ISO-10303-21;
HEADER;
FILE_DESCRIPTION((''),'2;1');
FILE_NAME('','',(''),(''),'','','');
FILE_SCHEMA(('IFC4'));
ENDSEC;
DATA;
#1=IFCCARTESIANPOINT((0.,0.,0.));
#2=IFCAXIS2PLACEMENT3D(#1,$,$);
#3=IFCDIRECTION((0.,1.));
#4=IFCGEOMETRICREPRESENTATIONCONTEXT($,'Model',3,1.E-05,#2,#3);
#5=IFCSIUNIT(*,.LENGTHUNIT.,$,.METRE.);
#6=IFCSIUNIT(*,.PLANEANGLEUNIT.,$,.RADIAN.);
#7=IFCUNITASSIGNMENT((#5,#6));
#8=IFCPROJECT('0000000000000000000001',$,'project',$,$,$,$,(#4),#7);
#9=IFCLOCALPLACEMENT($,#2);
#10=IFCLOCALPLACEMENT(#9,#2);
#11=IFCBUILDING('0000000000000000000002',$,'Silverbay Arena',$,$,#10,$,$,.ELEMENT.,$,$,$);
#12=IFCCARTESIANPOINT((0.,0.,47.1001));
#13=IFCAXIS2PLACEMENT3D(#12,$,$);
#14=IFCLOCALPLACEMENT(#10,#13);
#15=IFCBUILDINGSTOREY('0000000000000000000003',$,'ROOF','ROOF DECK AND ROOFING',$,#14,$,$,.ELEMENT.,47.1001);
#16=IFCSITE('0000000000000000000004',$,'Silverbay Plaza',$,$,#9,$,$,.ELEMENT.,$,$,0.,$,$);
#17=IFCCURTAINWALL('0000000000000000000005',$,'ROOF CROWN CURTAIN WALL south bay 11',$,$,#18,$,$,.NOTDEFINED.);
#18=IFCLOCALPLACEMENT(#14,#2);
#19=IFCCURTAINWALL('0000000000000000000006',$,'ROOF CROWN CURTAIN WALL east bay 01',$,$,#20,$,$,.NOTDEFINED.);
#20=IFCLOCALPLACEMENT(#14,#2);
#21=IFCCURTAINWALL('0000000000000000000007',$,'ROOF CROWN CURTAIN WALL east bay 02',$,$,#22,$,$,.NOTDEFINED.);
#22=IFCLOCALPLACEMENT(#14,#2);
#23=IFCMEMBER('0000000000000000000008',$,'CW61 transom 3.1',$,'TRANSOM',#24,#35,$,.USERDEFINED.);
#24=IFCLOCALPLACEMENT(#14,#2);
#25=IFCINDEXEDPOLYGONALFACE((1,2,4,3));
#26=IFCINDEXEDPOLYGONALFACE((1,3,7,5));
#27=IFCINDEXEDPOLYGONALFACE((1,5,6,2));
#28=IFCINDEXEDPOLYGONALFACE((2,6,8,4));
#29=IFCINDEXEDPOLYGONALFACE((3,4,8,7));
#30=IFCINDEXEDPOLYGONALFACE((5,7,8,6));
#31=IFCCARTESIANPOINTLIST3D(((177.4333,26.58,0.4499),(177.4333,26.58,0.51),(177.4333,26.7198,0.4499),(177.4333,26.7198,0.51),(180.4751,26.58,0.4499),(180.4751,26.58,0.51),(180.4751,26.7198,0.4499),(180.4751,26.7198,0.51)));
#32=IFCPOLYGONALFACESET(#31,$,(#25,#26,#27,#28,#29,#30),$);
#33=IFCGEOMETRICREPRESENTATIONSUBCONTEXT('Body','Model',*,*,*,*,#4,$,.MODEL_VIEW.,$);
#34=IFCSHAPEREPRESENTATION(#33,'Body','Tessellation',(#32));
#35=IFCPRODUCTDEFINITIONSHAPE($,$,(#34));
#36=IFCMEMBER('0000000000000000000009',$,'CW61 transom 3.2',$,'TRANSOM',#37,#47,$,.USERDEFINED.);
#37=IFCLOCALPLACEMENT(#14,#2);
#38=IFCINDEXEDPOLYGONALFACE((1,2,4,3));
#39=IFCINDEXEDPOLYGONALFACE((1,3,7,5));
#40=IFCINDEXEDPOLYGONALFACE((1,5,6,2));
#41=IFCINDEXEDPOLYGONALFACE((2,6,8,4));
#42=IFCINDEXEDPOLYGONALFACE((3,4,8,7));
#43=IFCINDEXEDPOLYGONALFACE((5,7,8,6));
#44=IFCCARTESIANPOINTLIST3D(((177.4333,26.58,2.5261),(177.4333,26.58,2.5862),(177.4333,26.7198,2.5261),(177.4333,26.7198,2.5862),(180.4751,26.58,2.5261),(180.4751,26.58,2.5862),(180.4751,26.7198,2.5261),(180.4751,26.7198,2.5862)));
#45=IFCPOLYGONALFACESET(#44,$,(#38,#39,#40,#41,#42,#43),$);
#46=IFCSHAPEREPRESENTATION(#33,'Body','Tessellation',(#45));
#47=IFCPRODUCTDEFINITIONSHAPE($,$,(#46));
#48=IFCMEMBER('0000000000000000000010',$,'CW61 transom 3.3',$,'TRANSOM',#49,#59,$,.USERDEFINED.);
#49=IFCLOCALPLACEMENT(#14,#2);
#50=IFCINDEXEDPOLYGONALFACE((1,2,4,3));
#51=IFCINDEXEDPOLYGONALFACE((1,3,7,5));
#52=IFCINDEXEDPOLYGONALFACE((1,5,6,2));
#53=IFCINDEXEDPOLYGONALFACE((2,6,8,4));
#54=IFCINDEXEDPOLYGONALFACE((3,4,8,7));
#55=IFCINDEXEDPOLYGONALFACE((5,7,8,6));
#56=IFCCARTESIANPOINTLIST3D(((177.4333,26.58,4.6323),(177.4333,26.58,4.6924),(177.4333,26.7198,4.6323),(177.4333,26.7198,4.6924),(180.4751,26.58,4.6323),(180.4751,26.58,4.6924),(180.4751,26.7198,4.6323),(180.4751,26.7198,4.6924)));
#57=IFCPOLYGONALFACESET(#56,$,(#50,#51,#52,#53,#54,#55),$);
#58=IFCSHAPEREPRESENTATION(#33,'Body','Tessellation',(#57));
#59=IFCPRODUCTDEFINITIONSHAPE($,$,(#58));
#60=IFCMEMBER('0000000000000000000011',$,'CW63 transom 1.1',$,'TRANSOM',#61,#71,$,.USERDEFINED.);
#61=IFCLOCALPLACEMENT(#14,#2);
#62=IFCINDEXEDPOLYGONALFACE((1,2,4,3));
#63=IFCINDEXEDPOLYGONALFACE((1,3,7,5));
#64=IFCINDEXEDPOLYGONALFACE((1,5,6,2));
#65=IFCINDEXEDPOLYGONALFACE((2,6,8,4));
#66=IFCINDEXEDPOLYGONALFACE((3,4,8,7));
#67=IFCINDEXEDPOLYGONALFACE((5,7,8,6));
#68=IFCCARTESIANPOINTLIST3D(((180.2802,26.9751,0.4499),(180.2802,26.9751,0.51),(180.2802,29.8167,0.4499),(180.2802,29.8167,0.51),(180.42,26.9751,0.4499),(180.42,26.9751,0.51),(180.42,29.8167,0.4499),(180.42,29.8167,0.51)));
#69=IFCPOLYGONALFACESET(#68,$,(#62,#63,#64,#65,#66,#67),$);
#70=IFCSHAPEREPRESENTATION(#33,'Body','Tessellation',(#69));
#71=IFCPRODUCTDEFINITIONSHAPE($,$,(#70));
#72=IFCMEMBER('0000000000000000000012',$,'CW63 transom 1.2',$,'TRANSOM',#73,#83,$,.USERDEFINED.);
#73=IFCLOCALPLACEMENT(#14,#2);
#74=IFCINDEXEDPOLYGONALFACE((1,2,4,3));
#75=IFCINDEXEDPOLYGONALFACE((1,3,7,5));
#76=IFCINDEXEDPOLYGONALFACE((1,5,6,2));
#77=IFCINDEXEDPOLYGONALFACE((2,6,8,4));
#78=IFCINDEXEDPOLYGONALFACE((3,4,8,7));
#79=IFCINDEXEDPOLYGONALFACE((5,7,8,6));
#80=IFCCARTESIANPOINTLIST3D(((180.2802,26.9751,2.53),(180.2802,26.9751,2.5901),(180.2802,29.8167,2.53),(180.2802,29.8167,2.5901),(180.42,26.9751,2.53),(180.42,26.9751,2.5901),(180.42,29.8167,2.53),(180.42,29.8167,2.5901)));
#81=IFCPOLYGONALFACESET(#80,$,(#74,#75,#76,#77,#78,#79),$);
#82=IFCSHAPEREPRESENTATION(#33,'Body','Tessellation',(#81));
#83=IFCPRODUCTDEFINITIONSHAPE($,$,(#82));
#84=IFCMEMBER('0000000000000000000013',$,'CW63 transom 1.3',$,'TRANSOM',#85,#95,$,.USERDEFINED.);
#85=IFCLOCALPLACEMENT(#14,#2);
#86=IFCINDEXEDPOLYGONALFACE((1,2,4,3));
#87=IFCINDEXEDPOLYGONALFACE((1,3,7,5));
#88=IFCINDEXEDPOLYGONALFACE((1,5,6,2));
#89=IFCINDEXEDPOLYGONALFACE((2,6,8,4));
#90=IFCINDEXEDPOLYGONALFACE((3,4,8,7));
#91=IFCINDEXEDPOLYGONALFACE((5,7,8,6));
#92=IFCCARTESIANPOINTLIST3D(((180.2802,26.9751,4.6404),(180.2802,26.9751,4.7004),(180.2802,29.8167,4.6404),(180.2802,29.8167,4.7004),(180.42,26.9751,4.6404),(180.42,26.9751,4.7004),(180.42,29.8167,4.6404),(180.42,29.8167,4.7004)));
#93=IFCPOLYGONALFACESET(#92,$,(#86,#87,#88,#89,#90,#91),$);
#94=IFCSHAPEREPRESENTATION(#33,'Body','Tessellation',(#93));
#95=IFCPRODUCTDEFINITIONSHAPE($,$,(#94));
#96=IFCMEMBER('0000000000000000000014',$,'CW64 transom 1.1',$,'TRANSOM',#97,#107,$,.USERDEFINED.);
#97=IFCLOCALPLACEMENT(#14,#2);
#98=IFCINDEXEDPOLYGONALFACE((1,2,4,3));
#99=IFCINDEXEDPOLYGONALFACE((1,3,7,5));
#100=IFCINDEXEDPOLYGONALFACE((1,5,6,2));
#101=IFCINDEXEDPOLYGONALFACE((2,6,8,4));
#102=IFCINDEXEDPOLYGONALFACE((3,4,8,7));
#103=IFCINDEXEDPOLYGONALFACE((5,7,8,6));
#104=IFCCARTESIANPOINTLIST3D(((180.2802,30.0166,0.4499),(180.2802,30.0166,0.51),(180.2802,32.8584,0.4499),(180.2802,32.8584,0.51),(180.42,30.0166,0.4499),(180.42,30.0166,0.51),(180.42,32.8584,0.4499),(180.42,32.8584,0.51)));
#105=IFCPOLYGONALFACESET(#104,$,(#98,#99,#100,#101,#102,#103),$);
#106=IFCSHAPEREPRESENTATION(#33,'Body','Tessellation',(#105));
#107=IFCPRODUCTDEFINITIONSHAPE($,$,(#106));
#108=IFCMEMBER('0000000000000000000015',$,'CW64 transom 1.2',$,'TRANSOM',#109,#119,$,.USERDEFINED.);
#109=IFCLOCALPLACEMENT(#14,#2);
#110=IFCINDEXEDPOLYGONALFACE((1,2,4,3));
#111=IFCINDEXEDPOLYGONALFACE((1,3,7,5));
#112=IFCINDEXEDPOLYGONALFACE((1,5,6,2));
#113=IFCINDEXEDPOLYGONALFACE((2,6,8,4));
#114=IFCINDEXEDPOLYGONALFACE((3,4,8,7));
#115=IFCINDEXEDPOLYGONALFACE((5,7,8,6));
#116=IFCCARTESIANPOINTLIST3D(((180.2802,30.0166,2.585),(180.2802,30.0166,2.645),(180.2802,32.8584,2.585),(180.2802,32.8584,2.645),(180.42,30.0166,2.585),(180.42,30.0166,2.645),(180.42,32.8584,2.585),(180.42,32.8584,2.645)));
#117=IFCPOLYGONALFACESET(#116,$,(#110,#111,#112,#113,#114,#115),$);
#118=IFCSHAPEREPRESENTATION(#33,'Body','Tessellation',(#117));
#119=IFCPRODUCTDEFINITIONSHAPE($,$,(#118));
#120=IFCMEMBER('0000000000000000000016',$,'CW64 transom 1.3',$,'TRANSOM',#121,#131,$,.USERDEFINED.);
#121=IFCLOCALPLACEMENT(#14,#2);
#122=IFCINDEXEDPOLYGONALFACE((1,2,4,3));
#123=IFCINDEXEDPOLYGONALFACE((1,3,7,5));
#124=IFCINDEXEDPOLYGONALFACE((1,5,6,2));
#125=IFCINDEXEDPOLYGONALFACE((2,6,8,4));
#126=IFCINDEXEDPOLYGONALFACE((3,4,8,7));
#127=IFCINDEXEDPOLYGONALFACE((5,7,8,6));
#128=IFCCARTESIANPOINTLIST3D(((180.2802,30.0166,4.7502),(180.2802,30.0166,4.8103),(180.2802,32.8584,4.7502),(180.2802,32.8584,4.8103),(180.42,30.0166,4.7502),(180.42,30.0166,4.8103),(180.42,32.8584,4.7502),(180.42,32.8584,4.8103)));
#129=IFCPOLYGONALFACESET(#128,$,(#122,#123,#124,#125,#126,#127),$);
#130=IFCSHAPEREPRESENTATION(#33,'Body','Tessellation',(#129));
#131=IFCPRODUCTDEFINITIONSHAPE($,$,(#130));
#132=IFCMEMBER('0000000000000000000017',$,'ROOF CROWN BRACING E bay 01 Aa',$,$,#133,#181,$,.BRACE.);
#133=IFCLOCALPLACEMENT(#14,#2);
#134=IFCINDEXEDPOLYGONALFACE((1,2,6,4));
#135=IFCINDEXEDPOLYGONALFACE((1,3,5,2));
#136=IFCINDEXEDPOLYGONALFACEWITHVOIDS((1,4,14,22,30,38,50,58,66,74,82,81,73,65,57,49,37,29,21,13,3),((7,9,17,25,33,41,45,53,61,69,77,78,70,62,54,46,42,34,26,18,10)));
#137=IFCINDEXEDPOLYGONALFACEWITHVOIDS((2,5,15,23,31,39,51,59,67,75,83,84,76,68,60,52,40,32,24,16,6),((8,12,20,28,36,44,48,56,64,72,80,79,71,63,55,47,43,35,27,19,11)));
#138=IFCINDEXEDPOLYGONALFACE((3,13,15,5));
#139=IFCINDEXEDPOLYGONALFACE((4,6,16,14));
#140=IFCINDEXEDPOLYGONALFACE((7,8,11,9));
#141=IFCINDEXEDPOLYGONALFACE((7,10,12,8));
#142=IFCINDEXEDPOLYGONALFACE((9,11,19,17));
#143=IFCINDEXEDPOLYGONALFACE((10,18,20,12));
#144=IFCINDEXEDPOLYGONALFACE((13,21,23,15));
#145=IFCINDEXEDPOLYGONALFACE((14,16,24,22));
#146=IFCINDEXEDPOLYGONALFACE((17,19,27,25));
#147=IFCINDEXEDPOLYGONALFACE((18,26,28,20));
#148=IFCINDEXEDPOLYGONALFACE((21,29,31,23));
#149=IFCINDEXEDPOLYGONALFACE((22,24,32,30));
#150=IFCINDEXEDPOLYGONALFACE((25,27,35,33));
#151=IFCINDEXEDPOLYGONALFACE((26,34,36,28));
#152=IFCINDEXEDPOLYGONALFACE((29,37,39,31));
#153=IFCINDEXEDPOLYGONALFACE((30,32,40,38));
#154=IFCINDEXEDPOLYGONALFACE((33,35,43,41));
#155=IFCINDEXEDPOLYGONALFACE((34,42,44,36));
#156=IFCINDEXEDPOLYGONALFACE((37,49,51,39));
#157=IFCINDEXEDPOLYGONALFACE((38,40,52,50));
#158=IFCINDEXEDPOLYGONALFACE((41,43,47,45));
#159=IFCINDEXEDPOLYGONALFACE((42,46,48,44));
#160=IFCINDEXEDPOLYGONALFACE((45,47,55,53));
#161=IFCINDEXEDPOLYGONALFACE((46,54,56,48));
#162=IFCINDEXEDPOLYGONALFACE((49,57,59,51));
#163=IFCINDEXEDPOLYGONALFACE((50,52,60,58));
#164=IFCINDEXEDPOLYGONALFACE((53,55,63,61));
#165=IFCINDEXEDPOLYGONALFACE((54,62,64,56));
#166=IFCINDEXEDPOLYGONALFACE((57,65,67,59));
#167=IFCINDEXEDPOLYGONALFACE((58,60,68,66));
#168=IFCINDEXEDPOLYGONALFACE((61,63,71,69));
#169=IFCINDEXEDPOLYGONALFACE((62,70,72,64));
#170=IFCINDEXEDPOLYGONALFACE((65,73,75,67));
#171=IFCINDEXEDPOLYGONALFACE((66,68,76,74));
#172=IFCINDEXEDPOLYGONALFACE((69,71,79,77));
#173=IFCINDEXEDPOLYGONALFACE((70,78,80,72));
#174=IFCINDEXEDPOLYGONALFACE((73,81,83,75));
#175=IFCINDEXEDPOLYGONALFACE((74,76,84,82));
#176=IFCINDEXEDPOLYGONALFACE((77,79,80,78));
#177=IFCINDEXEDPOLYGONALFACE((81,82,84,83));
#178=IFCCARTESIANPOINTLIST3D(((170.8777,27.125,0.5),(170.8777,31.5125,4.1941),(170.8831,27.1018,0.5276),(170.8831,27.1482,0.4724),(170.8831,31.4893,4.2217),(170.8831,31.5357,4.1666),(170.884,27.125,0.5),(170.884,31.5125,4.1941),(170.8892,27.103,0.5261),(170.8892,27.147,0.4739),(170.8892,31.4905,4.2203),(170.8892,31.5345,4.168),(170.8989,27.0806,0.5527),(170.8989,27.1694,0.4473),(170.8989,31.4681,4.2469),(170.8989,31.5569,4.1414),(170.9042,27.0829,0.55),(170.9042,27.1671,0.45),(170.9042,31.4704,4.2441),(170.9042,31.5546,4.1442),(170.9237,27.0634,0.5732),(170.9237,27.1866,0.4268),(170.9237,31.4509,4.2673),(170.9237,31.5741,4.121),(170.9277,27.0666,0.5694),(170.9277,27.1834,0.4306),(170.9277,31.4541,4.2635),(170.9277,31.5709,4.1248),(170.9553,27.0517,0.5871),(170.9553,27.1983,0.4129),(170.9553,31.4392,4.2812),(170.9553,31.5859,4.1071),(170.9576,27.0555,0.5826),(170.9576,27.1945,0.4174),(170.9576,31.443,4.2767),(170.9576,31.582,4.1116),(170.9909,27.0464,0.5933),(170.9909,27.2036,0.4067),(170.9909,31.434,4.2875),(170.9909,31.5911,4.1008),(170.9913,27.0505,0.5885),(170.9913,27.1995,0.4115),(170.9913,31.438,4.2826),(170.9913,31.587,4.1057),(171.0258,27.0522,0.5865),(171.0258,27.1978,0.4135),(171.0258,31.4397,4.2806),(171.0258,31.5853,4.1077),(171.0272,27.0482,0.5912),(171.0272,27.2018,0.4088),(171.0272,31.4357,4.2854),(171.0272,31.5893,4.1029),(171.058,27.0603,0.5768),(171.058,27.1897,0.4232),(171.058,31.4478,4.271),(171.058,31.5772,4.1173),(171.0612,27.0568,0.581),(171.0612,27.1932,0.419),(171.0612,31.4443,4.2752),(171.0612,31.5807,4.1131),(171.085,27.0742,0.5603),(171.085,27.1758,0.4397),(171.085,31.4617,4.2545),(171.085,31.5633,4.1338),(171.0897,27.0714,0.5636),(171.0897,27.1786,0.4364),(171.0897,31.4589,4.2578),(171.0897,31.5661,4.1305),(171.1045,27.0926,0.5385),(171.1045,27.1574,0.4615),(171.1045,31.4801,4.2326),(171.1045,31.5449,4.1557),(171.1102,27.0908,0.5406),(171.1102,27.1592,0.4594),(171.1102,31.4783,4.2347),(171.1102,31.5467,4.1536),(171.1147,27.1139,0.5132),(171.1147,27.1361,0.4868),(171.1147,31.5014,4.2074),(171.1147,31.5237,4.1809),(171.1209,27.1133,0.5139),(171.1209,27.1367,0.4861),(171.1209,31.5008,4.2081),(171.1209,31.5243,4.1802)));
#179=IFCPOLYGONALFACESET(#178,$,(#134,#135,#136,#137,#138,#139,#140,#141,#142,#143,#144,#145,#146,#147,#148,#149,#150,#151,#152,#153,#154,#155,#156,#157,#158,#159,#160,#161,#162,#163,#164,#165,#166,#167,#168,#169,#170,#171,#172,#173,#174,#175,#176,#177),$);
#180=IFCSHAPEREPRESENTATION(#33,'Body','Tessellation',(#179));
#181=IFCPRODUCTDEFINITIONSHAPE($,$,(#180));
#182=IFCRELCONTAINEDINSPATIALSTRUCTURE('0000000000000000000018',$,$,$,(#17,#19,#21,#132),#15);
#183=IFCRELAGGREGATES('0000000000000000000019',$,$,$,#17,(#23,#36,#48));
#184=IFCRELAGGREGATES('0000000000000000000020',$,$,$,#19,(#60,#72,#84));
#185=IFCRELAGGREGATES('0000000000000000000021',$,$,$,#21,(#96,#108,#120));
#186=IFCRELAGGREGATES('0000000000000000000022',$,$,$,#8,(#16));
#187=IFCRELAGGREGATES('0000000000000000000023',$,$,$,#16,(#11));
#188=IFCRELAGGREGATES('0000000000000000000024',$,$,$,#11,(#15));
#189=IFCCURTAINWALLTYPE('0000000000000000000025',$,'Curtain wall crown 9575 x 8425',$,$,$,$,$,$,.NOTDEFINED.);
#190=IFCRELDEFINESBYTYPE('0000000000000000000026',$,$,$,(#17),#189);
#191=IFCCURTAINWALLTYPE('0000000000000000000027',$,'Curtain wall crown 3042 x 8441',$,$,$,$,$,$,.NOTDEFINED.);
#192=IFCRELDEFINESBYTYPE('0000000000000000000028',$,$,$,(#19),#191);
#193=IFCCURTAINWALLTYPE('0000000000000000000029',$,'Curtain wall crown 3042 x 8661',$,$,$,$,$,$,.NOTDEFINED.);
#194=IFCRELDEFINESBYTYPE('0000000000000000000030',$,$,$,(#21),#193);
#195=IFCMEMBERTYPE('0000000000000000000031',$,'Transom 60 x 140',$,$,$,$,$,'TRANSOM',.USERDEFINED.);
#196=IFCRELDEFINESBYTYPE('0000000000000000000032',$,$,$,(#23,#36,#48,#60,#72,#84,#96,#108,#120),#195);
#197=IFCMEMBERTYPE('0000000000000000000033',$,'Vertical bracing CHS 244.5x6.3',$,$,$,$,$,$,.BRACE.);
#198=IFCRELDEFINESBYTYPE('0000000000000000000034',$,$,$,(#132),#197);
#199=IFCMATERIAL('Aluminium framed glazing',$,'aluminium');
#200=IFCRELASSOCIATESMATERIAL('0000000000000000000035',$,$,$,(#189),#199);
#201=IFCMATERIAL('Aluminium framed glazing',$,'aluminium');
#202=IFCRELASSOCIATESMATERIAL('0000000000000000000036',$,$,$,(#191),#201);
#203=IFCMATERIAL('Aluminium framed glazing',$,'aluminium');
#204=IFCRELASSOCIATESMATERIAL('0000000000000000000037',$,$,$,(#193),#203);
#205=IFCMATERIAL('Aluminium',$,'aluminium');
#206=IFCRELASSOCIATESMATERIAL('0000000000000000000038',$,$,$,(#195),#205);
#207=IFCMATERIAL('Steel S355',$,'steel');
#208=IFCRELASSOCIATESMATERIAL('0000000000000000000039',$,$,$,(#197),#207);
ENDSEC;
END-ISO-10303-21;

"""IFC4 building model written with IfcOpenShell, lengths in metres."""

from ifc_helpers import new_model, si_unit, direction, frame, origin, origin_2d, place, context, subcontext, project, spatial, rectangle, hollow_circle, extrude, material, material_profile, profile_set, type_object, element, aggregate, save


model = new_model("IFC4")

# Units and contexts
model_context = context("Model", 3, precision=1e-05, world=origin(), true_north=direction((0.0, 1.0)))
body_context = subcontext(model_context, "Body", "Model", "MODEL_VIEW")
ifc_project = project(units=[si_unit("LENGTHUNIT", "METRE"), si_unit("PLANEANGLEUNIT", "RADIAN")], contexts=[model_context])

# Site, building, storey
site_placement = place(None, origin())
site = spatial("IfcSite", under=ifc_project, at=site_placement, Name="Silverbay Plaza", CompositionType="ELEMENT", RefElevation=0.0)
building_placement = place(site_placement, origin())
building = spatial("IfcBuilding", under=site, at=building_placement, Name="Silverbay Arena", CompositionType="ELEMENT")
storey_placement = place(building_placement, frame((0.0, 0.0, 47.1001)))
storey = spatial("IfcBuildingStorey", under=building, at=storey_placement, Name="ROOF", Description="ROOF DECK AND ROOFING", CompositionType="ELEMENT", Elevation=47.1001)

# Curtain walls
ifc_material_1 = material(Name="Aluminium framed glazing", Category="aluminium")
curtain_wall_type_1 = type_object("IfcCurtainWallType", Name="Curtain wall crown 9575 x 8425", PredefinedType="NOTDEFINED", material=ifc_material_1)
curtain_wall_1_placement = place(storey_placement, origin())
curtain_wall_1 = element("IfcCurtainWall", 1, at=curtain_wall_1_placement, inside=storey, type_object=curtain_wall_type_1, Name="ROOF CROWN CURTAIN WALL south bay 11", PredefinedType="NOTDEFINED")
placement = place(building_placement, frame((0.0, 0.0, 33.5)))
ifc_material_2 = material(Name="Aluminium framed glazing", Category="aluminium")
curtain_wall_type_2 = type_object("IfcCurtainWallType", Name="Curtain wall crown 3042 x 8441", PredefinedType="NOTDEFINED", material=ifc_material_2)
curtain_wall_2_placement = place(storey_placement, origin())
curtain_wall_2 = element("IfcCurtainWall", 2, at=curtain_wall_2_placement, inside=storey, type_object=curtain_wall_type_2, Name="ROOF CROWN CURTAIN WALL east bay 01", PredefinedType="NOTDEFINED")

# Curtain wall
ifc_material_3 = material(Name="Aluminium framed glazing", Category="aluminium")
curtain_wall_type_3 = type_object("IfcCurtainWallType", Name="Curtain wall crown 3042 x 8661", PredefinedType="NOTDEFINED", material=ifc_material_3)
curtain_wall_3_placement = place(storey_placement, origin())
curtain_wall_3 = element("IfcCurtainWall", 3, at=curtain_wall_3_placement, inside=storey, type_object=curtain_wall_type_3, Name="ROOF CROWN CURTAIN WALL east bay 02", PredefinedType="NOTDEFINED")

# Members
ifc_material_4 = material(Name="Aluminium", Category="aluminium")
ifc_material_profile_1 = material_profile(ifc_material_4, rectangle(XDim=0.1399, YDim=0.0601, at=origin_2d()), Name="Transom 60 x 140")
ifc_profile_set_1 = profile_set([ifc_material_profile_1], Name="Aluminium")
member_type_1 = type_object("IfcMemberType", Name="Transom 60 x 140", ElementType="TRANSOM", PredefinedType="USERDEFINED", material=ifc_profile_set_1)
member_1_placement = place(placement, frame((177.4333, 26.6499, 14.0801), z_axis=(1.0, 0.0, 0.0), x_axis=(0.0, 1.0, 0.0)))
member_1 = element("IfcMember", 4, at=member_1_placement, type_object=member_type_1, Name="CW61 transom 3.1", ObjectType="TRANSOM", PredefinedType="USERDEFINED", context=body_context, shape_type="SweptSolid", body=[
    extrude(rectangle(XDim=0.1399, YDim=0.0601, at=origin_2d()), origin(), (0.0, 0.0, 1.0), 3.0417),
])
member_2_placement = place(placement, frame((177.4333, 26.6499, 16.1562), z_axis=(1.0, 0.0, 0.0), x_axis=(0.0, 1.0, 0.0)))
member_2 = element("IfcMember", 5, at=member_2_placement, type_object=member_type_1, Name="CW61 transom 3.2", ObjectType="TRANSOM", PredefinedType="USERDEFINED", context=body_context, shape_type="SweptSolid", body=[
    extrude(rectangle(XDim=0.1399, YDim=0.0601, at=origin_2d()), origin(), (0.0, 0.0, 1.0), 3.0417),
])
member_3_placement = place(placement, frame((177.4333, 26.6499, 18.2625), z_axis=(1.0, 0.0, 0.0), x_axis=(0.0, 1.0, 0.0)))
member_3 = element("IfcMember", 6, at=member_3_placement, type_object=member_type_1, Name="CW61 transom 3.3", ObjectType="TRANSOM", PredefinedType="USERDEFINED", context=body_context, shape_type="SweptSolid", body=[
    extrude(rectangle(XDim=0.1399, YDim=0.0601, at=origin_2d()), origin(), (0.0, 0.0, 1.0), 3.0417),
])
member_4_placement = place(placement, frame((180.3501, 26.9751, 14.0801), z_axis=(0.0, 1.0, 0.0), x_axis=(-1.0, 0.0, 0.0)))
member_4 = element("IfcMember", 7, at=member_4_placement, type_object=member_type_1, Name="CW63 transom 1.1", ObjectType="TRANSOM", PredefinedType="USERDEFINED", context=body_context, shape_type="SweptSolid", body=[
    extrude(rectangle(XDim=0.1399, YDim=0.0601, at=origin_2d()), origin(), (0.0, 0.0, 1.0), 2.8416),
])
member_5_placement = place(placement, frame((180.3501, 26.9751, 16.1602), z_axis=(0.0, 1.0, 0.0), x_axis=(-1.0, 0.0, 0.0)))
member_5 = element("IfcMember", 8, at=member_5_placement, type_object=member_type_1, Name="CW63 transom 1.2", ObjectType="TRANSOM", PredefinedType="USERDEFINED", context=body_context, shape_type="SweptSolid", body=[
    extrude(rectangle(XDim=0.1399, YDim=0.0601, at=origin_2d()), origin(), (0.0, 0.0, 1.0), 2.8416),
])
member_6_placement = place(placement, frame((180.3501, 26.9751, 18.2705), z_axis=(0.0, 1.0, 0.0), x_axis=(-1.0, 0.0, 0.0)))
member_6 = element("IfcMember", 9, at=member_6_placement, type_object=member_type_1, Name="CW63 transom 1.3", ObjectType="TRANSOM", PredefinedType="USERDEFINED", context=body_context, shape_type="SweptSolid", body=[
    extrude(rectangle(XDim=0.1399, YDim=0.0601, at=origin_2d()), origin(), (0.0, 0.0, 1.0), 2.8416),
])
member_7_placement = place(placement, frame((180.3501, 30.0166, 14.0801), z_axis=(0.0, 1.0, 0.0), x_axis=(-1.0, 0.0, 0.0)))
member_7 = element("IfcMember", 10, at=member_7_placement, type_object=member_type_1, Name="CW64 transom 1.1", ObjectType="TRANSOM", PredefinedType="USERDEFINED", context=body_context, shape_type="SweptSolid", body=[
    extrude(rectangle(XDim=0.1399, YDim=0.0601, at=origin_2d()), origin(), (0.0, 0.0, 1.0), 2.8418),
])
member_8_placement = place(placement, frame((180.3501, 30.0166, 16.2151), z_axis=(0.0, 1.0, 0.0), x_axis=(-1.0, 0.0, 0.0)))
member_8 = element("IfcMember", 11, at=member_8_placement, type_object=member_type_1, Name="CW64 transom 1.2", ObjectType="TRANSOM", PredefinedType="USERDEFINED", context=body_context, shape_type="SweptSolid", body=[
    extrude(rectangle(XDim=0.1399, YDim=0.0601, at=origin_2d()), origin(), (0.0, 0.0, 1.0), 2.8418),
])
member_9_placement = place(placement, frame((180.3501, 30.0166, 18.3804), z_axis=(0.0, 1.0, 0.0), x_axis=(-1.0, 0.0, 0.0)))
member_9 = element("IfcMember", 12, at=member_9_placement, type_object=member_type_1, Name="CW64 transom 1.3", ObjectType="TRANSOM", PredefinedType="USERDEFINED", context=body_context, shape_type="SweptSolid", body=[
    extrude(rectangle(XDim=0.1399, YDim=0.0601, at=origin_2d()), origin(), (0.0, 0.0, 1.0), 2.8418),
])
ifc_material_5 = material(Name="Steel S355", Category="steel")
ifc_material_profile_2 = material_profile(ifc_material_5, hollow_circle(Radius=0.1223, WallThickness=0.0063, at=origin_2d()), Name="CHS 244.5x6.3")
ifc_profile_set_2 = profile_set([ifc_material_profile_2], Name="Steel S355")
member_type_2 = type_object("IfcMemberType", Name="Vertical bracing CHS 244.5x6.3", PredefinedType="BRACE", material=ifc_profile_set_2)
member_10_placement = place(storey_placement, frame((171.0, 27.125, 0.5), z_axis=(0.0, 0.764963, 0.644074), x_axis=(-1.0, 0.0, 0.0)))
element("IfcMember", 13, at=member_10_placement, inside=storey, type_object=member_type_2, Name="ROOF CROWN BRACING E bay 01 Aa", PredefinedType="BRACE", context=body_context, shape_type="SweptSolid", body=[
    extrude(hollow_circle(Radius=0.1223, WallThickness=0.0063, at=origin_2d()), origin(), (0.0, 0.0, 1.0), 5.7356),
])

aggregate(curtain_wall_1, [member_1, member_2, member_3])
aggregate(curtain_wall_2, [member_4, member_5, member_6])
aggregate(curtain_wall_3, [member_7, member_8, member_9])

save(model, "model.ifc")
